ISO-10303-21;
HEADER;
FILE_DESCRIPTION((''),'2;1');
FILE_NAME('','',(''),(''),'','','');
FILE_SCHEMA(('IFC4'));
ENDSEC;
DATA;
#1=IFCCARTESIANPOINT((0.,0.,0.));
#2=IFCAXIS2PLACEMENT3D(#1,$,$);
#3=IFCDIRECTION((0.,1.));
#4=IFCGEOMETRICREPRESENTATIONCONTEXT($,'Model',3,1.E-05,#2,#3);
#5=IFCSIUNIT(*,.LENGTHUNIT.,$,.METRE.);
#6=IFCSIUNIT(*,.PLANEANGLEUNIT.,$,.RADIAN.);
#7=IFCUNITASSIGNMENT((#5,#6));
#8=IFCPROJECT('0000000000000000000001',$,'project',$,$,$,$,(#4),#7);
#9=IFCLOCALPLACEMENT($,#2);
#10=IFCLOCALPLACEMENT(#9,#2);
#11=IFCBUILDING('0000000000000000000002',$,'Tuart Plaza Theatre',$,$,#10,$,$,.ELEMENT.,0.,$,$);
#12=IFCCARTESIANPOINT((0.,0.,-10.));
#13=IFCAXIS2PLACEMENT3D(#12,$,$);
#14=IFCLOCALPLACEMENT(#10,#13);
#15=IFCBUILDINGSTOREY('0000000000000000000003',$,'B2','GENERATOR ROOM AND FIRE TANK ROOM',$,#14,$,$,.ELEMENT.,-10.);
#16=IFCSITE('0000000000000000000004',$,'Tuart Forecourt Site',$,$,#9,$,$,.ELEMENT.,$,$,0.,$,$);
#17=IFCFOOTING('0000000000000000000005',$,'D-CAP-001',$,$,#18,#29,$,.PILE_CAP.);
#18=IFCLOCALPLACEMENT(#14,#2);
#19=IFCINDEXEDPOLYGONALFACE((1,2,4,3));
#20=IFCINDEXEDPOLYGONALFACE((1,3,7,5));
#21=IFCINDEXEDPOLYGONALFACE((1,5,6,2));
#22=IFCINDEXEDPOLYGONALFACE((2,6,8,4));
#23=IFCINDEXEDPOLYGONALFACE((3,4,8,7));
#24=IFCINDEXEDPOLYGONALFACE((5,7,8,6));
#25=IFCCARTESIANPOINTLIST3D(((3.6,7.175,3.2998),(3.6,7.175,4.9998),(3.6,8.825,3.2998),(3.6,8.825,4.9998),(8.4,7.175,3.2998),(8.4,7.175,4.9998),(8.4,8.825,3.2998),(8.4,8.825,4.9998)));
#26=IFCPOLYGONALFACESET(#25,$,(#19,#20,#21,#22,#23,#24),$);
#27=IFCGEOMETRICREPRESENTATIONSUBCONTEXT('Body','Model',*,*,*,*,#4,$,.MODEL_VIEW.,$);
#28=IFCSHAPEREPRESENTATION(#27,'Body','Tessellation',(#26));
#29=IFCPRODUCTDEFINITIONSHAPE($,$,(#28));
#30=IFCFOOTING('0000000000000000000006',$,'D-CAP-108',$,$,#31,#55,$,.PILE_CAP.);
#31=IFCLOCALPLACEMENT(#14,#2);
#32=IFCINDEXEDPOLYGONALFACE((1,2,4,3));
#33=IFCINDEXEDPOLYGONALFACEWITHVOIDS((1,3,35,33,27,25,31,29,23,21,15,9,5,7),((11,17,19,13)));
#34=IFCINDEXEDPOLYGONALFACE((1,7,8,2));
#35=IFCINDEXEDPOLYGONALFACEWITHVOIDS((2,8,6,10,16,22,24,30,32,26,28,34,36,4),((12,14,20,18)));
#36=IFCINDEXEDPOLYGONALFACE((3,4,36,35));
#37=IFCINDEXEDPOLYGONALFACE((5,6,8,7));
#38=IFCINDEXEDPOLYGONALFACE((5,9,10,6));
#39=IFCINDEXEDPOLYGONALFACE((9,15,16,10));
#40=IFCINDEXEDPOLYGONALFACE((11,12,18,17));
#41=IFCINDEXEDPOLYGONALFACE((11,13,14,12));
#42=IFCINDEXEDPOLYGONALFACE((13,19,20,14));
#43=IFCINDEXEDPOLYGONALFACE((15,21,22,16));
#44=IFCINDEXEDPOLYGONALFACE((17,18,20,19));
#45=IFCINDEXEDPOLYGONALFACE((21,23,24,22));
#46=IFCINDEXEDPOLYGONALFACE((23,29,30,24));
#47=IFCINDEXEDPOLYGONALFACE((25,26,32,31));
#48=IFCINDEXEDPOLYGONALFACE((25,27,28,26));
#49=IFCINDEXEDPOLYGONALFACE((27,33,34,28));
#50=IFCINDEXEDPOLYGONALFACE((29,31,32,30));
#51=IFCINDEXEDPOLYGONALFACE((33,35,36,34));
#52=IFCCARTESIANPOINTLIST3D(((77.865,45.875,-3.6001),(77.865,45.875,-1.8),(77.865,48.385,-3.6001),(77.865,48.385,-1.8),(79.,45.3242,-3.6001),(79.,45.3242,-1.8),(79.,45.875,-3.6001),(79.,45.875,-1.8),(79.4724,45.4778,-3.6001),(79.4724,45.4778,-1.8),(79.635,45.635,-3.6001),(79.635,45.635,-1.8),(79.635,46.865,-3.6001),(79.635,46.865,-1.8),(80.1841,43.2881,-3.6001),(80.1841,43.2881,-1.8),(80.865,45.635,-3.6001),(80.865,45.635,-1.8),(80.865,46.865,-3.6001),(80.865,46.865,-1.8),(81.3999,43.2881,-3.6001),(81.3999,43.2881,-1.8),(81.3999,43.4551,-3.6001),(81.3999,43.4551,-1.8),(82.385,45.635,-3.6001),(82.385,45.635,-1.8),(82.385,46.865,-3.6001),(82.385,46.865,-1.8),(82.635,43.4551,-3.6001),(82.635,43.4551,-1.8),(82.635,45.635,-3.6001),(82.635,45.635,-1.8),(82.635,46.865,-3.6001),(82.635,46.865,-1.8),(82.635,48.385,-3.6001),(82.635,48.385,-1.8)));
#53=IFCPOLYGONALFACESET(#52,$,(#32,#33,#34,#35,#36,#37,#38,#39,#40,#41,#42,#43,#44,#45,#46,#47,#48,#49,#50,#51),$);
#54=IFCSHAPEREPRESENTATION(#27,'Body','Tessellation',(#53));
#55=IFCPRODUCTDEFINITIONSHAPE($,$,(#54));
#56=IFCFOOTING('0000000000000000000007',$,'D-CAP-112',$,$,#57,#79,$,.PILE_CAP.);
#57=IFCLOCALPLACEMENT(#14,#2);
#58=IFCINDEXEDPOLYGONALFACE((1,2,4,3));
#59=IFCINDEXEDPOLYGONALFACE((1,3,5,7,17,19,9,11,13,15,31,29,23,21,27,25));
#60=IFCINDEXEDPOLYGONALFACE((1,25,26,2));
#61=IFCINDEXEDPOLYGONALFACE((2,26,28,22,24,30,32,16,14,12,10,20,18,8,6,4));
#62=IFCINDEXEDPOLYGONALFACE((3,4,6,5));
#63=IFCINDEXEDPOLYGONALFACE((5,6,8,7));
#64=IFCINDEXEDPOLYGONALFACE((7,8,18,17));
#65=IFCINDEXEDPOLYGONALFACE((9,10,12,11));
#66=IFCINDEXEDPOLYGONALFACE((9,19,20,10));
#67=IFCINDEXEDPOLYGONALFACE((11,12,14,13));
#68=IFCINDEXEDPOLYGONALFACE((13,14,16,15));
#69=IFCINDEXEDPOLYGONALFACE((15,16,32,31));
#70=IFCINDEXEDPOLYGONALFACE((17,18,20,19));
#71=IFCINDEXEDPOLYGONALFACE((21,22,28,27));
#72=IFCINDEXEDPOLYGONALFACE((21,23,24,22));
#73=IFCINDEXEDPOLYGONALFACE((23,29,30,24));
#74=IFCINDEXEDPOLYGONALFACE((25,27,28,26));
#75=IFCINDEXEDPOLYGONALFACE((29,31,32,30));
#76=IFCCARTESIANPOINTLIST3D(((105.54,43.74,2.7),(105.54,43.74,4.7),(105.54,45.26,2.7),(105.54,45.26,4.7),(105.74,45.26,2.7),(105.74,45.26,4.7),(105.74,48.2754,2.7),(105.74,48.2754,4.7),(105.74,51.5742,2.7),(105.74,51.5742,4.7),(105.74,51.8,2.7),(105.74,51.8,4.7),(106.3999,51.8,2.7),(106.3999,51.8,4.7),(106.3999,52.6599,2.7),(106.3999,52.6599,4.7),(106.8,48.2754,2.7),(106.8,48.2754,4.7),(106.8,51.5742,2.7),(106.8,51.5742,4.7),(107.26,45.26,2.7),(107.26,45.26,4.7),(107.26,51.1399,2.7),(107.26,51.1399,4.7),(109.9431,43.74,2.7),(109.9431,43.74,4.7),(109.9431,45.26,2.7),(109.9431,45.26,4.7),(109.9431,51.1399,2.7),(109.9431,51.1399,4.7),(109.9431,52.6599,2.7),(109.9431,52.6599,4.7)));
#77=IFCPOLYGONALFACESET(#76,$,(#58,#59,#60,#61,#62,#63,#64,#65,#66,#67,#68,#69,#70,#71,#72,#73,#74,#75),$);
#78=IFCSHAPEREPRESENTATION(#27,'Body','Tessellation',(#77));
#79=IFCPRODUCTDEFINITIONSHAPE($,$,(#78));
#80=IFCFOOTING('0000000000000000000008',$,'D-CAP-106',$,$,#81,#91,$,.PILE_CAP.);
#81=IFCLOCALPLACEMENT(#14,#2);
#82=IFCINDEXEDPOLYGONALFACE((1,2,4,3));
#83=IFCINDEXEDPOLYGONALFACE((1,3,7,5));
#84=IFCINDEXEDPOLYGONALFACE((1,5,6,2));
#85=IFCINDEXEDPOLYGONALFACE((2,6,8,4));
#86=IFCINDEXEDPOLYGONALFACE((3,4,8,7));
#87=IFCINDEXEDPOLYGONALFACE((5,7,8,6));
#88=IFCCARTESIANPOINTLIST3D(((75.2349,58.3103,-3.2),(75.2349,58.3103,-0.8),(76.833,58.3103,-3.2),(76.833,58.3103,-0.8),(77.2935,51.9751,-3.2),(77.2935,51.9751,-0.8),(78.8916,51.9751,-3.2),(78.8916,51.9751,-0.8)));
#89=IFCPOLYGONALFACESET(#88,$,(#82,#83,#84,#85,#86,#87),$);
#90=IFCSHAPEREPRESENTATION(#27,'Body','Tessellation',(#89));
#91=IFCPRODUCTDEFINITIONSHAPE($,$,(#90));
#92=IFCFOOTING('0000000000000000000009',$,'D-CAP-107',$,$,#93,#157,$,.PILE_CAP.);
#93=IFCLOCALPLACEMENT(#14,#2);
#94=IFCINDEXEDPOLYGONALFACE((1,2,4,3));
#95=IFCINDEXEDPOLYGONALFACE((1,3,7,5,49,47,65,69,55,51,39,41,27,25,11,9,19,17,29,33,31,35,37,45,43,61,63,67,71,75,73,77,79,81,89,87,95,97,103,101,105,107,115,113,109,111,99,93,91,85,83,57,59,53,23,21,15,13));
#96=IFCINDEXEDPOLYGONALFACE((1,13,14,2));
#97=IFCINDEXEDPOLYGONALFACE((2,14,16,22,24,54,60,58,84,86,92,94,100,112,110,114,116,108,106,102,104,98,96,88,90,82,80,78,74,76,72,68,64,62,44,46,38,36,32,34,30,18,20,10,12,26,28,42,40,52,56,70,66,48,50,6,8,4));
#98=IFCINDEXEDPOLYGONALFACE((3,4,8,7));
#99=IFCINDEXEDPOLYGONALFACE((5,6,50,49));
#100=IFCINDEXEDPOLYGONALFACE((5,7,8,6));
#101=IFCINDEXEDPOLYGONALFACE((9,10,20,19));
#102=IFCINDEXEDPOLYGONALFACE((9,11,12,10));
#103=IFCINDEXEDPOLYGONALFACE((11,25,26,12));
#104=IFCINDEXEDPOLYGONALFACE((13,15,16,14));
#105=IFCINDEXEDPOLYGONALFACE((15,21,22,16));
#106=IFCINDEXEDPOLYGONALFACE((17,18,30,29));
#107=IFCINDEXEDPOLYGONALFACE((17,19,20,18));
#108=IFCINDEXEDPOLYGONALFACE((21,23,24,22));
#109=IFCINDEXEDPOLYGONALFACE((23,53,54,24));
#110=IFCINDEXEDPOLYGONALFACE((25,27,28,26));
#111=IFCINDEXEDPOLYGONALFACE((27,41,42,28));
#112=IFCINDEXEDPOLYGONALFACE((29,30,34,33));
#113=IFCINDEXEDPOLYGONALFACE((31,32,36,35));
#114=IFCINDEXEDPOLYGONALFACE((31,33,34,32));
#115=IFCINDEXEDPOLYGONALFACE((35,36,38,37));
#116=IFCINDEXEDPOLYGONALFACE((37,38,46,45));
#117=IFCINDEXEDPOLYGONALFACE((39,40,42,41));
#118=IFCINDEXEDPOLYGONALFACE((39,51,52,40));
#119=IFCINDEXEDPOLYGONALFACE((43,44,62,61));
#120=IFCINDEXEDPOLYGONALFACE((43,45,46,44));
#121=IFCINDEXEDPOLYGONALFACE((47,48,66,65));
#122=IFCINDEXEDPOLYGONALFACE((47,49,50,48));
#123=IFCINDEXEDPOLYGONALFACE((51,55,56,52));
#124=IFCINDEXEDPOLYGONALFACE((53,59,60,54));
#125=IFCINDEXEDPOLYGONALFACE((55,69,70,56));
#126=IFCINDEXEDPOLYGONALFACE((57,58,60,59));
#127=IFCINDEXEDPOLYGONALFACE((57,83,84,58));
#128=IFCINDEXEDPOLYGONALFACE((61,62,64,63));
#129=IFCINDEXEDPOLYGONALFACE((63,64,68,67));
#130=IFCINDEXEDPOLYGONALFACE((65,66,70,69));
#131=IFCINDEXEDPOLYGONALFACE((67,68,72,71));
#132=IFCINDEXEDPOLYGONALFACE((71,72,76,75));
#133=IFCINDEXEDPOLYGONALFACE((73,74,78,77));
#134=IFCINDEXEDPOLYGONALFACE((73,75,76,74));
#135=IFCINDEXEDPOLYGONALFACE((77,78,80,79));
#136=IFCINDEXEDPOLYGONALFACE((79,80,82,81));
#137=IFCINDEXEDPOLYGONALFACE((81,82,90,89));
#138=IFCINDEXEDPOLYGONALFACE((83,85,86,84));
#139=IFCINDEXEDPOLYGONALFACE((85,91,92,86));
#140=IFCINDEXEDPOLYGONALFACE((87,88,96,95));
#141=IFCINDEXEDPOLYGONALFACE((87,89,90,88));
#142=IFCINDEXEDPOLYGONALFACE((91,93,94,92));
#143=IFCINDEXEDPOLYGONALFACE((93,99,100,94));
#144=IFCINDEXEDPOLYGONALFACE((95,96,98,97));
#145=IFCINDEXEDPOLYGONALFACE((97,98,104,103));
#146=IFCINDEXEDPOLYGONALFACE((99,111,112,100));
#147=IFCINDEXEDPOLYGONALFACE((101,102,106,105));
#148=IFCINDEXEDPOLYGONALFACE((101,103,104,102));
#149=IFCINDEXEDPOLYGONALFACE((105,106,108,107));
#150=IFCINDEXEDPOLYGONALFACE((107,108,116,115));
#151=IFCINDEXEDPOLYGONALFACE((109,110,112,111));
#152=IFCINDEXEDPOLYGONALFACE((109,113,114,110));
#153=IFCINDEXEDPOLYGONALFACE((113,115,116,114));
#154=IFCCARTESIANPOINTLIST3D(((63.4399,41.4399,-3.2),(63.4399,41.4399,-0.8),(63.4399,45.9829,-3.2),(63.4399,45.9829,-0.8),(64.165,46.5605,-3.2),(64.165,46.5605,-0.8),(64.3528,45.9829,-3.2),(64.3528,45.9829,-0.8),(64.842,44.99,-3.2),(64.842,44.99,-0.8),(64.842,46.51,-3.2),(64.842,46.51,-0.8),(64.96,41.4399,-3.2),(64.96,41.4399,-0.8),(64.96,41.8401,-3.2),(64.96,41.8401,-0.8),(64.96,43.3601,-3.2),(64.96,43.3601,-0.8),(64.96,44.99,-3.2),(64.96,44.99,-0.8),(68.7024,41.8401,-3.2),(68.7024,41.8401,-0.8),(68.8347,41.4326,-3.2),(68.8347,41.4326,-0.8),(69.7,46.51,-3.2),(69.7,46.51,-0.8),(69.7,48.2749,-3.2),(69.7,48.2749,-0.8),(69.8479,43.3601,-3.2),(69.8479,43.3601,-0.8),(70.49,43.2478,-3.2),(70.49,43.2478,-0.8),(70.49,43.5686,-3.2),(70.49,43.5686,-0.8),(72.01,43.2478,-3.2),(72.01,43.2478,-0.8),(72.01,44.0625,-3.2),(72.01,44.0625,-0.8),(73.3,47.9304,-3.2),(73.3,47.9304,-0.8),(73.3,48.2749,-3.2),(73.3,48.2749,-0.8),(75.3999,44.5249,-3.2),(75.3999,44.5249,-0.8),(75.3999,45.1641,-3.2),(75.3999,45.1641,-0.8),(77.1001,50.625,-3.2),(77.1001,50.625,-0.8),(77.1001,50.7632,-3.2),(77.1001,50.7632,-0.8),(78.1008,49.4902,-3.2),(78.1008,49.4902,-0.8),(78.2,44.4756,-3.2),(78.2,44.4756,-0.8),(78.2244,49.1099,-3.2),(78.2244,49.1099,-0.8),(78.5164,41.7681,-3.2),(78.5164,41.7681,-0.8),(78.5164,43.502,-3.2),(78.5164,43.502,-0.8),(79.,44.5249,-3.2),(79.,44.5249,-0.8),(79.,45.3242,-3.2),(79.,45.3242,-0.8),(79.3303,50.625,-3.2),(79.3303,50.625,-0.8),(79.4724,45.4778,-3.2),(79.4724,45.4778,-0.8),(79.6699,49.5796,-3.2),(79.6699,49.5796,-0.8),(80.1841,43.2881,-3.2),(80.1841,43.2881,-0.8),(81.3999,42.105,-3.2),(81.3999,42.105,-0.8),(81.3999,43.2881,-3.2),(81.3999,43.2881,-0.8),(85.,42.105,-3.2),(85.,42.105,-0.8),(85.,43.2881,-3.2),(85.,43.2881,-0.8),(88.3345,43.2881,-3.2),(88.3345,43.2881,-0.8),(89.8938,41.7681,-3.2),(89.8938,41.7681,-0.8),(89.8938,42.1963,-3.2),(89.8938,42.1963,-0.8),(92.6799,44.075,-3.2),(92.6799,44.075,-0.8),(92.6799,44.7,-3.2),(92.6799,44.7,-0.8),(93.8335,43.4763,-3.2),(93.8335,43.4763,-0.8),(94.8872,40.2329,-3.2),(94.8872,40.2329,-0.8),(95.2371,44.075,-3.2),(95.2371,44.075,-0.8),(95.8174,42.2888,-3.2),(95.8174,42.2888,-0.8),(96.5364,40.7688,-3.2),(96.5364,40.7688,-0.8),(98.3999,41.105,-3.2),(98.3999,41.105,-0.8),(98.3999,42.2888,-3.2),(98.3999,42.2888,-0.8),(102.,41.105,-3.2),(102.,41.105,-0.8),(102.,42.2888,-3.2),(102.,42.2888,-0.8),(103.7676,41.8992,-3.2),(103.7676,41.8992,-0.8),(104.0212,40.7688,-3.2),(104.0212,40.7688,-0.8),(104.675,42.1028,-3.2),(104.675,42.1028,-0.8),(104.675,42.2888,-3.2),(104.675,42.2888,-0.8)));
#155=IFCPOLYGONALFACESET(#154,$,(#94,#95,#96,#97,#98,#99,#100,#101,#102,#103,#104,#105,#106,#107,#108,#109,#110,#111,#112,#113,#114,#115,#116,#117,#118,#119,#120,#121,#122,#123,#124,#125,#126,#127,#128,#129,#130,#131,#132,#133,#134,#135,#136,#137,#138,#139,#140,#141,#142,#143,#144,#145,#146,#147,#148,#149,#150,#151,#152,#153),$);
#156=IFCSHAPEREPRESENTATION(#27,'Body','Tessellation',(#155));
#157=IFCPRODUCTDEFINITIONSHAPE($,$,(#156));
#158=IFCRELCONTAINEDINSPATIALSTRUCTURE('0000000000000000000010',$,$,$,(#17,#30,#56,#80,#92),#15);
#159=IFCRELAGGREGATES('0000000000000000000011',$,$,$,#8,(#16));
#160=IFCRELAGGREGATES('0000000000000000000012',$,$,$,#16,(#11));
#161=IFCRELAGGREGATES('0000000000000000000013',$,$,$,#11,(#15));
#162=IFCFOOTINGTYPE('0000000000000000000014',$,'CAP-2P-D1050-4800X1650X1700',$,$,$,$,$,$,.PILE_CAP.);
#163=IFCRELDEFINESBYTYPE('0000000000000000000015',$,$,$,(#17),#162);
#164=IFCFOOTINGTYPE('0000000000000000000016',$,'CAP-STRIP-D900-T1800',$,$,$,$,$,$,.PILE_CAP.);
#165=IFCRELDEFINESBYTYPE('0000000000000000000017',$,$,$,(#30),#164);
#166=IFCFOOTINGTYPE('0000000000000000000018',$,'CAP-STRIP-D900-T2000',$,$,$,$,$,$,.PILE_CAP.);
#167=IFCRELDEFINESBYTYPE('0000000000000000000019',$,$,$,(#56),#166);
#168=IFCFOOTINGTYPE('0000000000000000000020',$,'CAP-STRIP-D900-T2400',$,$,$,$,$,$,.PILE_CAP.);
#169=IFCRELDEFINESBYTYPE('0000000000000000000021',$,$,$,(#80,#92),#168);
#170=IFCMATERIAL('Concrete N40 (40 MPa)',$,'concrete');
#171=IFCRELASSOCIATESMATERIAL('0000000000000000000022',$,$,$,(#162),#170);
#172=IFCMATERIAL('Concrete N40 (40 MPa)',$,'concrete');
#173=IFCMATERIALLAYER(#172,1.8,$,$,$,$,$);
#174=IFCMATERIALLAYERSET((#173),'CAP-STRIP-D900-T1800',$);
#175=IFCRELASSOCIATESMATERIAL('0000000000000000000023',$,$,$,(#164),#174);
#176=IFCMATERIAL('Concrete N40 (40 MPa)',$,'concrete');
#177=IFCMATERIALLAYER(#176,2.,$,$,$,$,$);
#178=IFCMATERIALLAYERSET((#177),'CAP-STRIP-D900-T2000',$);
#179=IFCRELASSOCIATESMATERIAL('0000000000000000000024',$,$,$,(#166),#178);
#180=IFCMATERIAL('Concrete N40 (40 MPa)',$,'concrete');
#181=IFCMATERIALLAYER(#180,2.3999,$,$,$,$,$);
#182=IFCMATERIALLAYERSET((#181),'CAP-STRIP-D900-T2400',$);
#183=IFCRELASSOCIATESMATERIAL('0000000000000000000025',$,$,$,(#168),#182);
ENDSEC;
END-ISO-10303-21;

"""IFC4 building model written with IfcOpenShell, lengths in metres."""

from ifc_helpers import new_model, si_unit, direction, frame, origin, origin_2d, place, context, subcontext, project, spatial, polyline, rectangle, outline, extrude, material, layer, layer_set, type_object, element, save


model = new_model("IFC4")

# Units and contexts
model_context = context("Model", 3, precision=1e-05, world=origin(), true_north=direction((0.0, 1.0)))
body_context = subcontext(model_context, "Body", "Model", "MODEL_VIEW")
ifc_project = project(units=[si_unit("LENGTHUNIT", "METRE"), si_unit("PLANEANGLEUNIT", "RADIAN")], contexts=[model_context])

# Site, building, storey
site_placement = place(None, origin())
site = spatial("IfcSite", under=ifc_project, at=site_placement, Name="Tuart Forecourt Site", CompositionType="ELEMENT", RefElevation=0.0)
building_placement = place(site_placement, origin())
building = spatial("IfcBuilding", under=site, at=building_placement, Name="Tuart Plaza Theatre", CompositionType="ELEMENT", ElevationOfRefHeight=0.0)
storey_placement = place(building_placement, frame((0.0, 0.0, -10.0)))
storey = spatial("IfcBuildingStorey", under=building, at=storey_placement, Name="B2", Description="GENERATOR ROOM AND FIRE TANK ROOM", CompositionType="ELEMENT", Elevation=-10.0)

# Footings
ifc_material_1 = material(Name="Concrete N40 (40 MPa)", Category="concrete")
footing_type_1 = type_object("IfcFootingType", Name="CAP-2P-D1050-4800X1650X1700", PredefinedType="PILE_CAP", material=ifc_material_1)
footing_1_placement = place(storey_placement, frame((6.0, 8.0, 3.2998), z_axis=(0.0, 0.0, 1.0), x_axis=(1.0, 0.0, 0.0)))
element("IfcFooting", 1, at=footing_1_placement, inside=storey, type_object=footing_type_1, Name="D-CAP-001", PredefinedType="PILE_CAP", context=body_context, shape_type="SweptSolid", body=[
    extrude(rectangle(XDim=4.8, YDim=1.6499, at=origin_2d()), origin(), (0.0, 0.0, 1.0), 1.7),
])
ifc_material_2 = material(Name="Concrete N40 (40 MPa)", Category="concrete")
ifc_layer_1 = layer(ifc_material_2, 1.8)
ifc_layer_set_1 = layer_set([ifc_layer_1], Name="CAP-STRIP-D900-T1800")
footing_type_2 = type_object("IfcFootingType", Name="CAP-STRIP-D900-T1800", PredefinedType="PILE_CAP", material=ifc_layer_set_1)
footing_2_placement = place(storey_placement, frame((0.0, 0.0, -3.6001)))
element("IfcFooting", 2, at=footing_2_placement, inside=storey, type_object=footing_type_2, Name="D-CAP-108", PredefinedType="PILE_CAP", context=body_context, shape_type="SweptSolid", body=[
    extrude(outline(polyline([(80.1841, 43.2881), (81.3999, 43.2881), (81.3999, 43.4551), (82.635, 43.4551), (82.635, 45.635), (82.385, 45.635), (82.385, 46.865), (82.635, 46.865), (82.635, 48.385), (77.865, 48.385), (77.865, 45.875), (79.0, 45.875), (79.0, 45.3242), (79.4724, 45.4778), (80.1841, 43.2881)]), holes=[polyline([(79.635, 45.635), (80.865, 45.635), (80.865, 46.865), (79.635, 46.865), (79.635, 45.635)])]), origin(), (0.0, 0.0, 1.0), 1.8),
])
ifc_material_3 = material(Name="Concrete N40 (40 MPa)", Category="concrete")
ifc_layer_2 = layer(ifc_material_3, 2.0)
ifc_layer_set_2 = layer_set([ifc_layer_2], Name="CAP-STRIP-D900-T2000")
footing_type_3 = type_object("IfcFootingType", Name="CAP-STRIP-D900-T2000", PredefinedType="PILE_CAP", material=ifc_layer_set_2)
footing_3_placement = place(storey_placement, frame((0.0, 0.0, 2.7)))
element("IfcFooting", 3, at=footing_3_placement, inside=storey, type_object=footing_type_3, Name="D-CAP-112", PredefinedType="PILE_CAP", context=body_context, shape_type="SweptSolid", body=[
    extrude(outline(polyline([(105.74, 51.5742), (106.8, 51.5742), (106.8, 48.2754), (105.74, 48.2754), (105.74, 45.26), (105.54, 45.26), (105.54, 43.74), (109.9431, 43.74), (109.9431, 45.26), (107.26, 45.26), (107.26, 51.1399), (109.9431, 51.1399), (109.9431, 52.6599), (106.3999, 52.6599), (106.3999, 51.8), (105.74, 51.8), (105.74, 51.5742)])), origin(), (0.0, 0.0, 1.0), 2.0),
])
ifc_material_4 = material(Name="Concrete N40 (40 MPa)", Category="concrete")
ifc_layer_3 = layer(ifc_material_4, 2.3999)
ifc_layer_set_3 = layer_set([ifc_layer_3], Name="CAP-STRIP-D900-T2400")
footing_type_4 = type_object("IfcFootingType", Name="CAP-STRIP-D900-T2400", PredefinedType="PILE_CAP", material=ifc_layer_set_3)
footing_4_placement = place(storey_placement, frame((0.0, 0.0, -3.2)))
element("IfcFooting", 4, at=footing_4_placement, inside=storey, type_object=footing_type_4, Name="D-CAP-106", PredefinedType="PILE_CAP", context=body_context, shape_type="SweptSolid", body=[
    extrude(outline(polyline([(77.2935, 51.9751), (78.8916, 51.9751), (76.833, 58.3103), (75.2349, 58.3103), (77.2935, 51.9751)])), origin(), (0.0, 0.0, 1.0), 2.3999),
])
footing_5_placement = place(storey_placement, frame((0.0, 0.0, -3.2)))
element("IfcFooting", 5, at=footing_5_placement, inside=storey, type_object=footing_type_4, Name="D-CAP-107", PredefinedType="PILE_CAP", context=body_context, shape_type="SweptSolid", body=[
    extrude(outline(polyline([(64.3528, 45.9829), (63.4399, 45.9829), (63.4399, 41.4399), (64.96, 41.4399), (64.96, 41.8401), (68.7024, 41.8401), (68.8347, 41.4326), (78.2, 44.4756), (78.5164, 43.502), (78.5164, 41.7681), (89.8938, 41.7681), (89.8938, 42.1963), (93.8335, 43.4763), (94.8872, 40.2329), (96.5364, 40.7688), (104.0212, 40.7688), (103.7676, 41.8992), (104.675, 42.1028), (104.675, 42.2888), (102.0, 42.2888), (102.0, 41.105), (98.3999, 41.105), (98.3999, 42.2888), (95.8174, 42.2888), (95.2371, 44.075), (92.6799, 44.075), (92.6799, 44.7), (88.3345, 43.2881), (85.0, 43.2881), (85.0, 42.105), (81.3999, 42.105), (81.3999, 43.2881), (80.1841, 43.2881), (79.4724, 45.4778), (79.0, 45.3242), (79.0, 44.5249), (75.3999, 44.5249), (75.3999, 45.1641), (72.01, 44.0625), (72.01, 43.2478), (70.49, 43.2478), (70.49, 43.5686), (69.8479, 43.3601), (64.96, 43.3601), (64.96, 44.99), (64.842, 44.99), (64.842, 46.51), (69.7, 46.51), (69.7, 48.2749), (73.3, 48.2749), (73.3, 47.9304), (78.1008, 49.4902), (78.2244, 49.1099), (79.6699, 49.5796), (79.3303, 50.625), (77.1001, 50.625), (77.1001, 50.7632), (64.165, 46.5605), (64.3528, 45.9829)])), origin(), (0.0, 0.0, 1.0), 2.3999),
])

save(model, "model.ifc")
